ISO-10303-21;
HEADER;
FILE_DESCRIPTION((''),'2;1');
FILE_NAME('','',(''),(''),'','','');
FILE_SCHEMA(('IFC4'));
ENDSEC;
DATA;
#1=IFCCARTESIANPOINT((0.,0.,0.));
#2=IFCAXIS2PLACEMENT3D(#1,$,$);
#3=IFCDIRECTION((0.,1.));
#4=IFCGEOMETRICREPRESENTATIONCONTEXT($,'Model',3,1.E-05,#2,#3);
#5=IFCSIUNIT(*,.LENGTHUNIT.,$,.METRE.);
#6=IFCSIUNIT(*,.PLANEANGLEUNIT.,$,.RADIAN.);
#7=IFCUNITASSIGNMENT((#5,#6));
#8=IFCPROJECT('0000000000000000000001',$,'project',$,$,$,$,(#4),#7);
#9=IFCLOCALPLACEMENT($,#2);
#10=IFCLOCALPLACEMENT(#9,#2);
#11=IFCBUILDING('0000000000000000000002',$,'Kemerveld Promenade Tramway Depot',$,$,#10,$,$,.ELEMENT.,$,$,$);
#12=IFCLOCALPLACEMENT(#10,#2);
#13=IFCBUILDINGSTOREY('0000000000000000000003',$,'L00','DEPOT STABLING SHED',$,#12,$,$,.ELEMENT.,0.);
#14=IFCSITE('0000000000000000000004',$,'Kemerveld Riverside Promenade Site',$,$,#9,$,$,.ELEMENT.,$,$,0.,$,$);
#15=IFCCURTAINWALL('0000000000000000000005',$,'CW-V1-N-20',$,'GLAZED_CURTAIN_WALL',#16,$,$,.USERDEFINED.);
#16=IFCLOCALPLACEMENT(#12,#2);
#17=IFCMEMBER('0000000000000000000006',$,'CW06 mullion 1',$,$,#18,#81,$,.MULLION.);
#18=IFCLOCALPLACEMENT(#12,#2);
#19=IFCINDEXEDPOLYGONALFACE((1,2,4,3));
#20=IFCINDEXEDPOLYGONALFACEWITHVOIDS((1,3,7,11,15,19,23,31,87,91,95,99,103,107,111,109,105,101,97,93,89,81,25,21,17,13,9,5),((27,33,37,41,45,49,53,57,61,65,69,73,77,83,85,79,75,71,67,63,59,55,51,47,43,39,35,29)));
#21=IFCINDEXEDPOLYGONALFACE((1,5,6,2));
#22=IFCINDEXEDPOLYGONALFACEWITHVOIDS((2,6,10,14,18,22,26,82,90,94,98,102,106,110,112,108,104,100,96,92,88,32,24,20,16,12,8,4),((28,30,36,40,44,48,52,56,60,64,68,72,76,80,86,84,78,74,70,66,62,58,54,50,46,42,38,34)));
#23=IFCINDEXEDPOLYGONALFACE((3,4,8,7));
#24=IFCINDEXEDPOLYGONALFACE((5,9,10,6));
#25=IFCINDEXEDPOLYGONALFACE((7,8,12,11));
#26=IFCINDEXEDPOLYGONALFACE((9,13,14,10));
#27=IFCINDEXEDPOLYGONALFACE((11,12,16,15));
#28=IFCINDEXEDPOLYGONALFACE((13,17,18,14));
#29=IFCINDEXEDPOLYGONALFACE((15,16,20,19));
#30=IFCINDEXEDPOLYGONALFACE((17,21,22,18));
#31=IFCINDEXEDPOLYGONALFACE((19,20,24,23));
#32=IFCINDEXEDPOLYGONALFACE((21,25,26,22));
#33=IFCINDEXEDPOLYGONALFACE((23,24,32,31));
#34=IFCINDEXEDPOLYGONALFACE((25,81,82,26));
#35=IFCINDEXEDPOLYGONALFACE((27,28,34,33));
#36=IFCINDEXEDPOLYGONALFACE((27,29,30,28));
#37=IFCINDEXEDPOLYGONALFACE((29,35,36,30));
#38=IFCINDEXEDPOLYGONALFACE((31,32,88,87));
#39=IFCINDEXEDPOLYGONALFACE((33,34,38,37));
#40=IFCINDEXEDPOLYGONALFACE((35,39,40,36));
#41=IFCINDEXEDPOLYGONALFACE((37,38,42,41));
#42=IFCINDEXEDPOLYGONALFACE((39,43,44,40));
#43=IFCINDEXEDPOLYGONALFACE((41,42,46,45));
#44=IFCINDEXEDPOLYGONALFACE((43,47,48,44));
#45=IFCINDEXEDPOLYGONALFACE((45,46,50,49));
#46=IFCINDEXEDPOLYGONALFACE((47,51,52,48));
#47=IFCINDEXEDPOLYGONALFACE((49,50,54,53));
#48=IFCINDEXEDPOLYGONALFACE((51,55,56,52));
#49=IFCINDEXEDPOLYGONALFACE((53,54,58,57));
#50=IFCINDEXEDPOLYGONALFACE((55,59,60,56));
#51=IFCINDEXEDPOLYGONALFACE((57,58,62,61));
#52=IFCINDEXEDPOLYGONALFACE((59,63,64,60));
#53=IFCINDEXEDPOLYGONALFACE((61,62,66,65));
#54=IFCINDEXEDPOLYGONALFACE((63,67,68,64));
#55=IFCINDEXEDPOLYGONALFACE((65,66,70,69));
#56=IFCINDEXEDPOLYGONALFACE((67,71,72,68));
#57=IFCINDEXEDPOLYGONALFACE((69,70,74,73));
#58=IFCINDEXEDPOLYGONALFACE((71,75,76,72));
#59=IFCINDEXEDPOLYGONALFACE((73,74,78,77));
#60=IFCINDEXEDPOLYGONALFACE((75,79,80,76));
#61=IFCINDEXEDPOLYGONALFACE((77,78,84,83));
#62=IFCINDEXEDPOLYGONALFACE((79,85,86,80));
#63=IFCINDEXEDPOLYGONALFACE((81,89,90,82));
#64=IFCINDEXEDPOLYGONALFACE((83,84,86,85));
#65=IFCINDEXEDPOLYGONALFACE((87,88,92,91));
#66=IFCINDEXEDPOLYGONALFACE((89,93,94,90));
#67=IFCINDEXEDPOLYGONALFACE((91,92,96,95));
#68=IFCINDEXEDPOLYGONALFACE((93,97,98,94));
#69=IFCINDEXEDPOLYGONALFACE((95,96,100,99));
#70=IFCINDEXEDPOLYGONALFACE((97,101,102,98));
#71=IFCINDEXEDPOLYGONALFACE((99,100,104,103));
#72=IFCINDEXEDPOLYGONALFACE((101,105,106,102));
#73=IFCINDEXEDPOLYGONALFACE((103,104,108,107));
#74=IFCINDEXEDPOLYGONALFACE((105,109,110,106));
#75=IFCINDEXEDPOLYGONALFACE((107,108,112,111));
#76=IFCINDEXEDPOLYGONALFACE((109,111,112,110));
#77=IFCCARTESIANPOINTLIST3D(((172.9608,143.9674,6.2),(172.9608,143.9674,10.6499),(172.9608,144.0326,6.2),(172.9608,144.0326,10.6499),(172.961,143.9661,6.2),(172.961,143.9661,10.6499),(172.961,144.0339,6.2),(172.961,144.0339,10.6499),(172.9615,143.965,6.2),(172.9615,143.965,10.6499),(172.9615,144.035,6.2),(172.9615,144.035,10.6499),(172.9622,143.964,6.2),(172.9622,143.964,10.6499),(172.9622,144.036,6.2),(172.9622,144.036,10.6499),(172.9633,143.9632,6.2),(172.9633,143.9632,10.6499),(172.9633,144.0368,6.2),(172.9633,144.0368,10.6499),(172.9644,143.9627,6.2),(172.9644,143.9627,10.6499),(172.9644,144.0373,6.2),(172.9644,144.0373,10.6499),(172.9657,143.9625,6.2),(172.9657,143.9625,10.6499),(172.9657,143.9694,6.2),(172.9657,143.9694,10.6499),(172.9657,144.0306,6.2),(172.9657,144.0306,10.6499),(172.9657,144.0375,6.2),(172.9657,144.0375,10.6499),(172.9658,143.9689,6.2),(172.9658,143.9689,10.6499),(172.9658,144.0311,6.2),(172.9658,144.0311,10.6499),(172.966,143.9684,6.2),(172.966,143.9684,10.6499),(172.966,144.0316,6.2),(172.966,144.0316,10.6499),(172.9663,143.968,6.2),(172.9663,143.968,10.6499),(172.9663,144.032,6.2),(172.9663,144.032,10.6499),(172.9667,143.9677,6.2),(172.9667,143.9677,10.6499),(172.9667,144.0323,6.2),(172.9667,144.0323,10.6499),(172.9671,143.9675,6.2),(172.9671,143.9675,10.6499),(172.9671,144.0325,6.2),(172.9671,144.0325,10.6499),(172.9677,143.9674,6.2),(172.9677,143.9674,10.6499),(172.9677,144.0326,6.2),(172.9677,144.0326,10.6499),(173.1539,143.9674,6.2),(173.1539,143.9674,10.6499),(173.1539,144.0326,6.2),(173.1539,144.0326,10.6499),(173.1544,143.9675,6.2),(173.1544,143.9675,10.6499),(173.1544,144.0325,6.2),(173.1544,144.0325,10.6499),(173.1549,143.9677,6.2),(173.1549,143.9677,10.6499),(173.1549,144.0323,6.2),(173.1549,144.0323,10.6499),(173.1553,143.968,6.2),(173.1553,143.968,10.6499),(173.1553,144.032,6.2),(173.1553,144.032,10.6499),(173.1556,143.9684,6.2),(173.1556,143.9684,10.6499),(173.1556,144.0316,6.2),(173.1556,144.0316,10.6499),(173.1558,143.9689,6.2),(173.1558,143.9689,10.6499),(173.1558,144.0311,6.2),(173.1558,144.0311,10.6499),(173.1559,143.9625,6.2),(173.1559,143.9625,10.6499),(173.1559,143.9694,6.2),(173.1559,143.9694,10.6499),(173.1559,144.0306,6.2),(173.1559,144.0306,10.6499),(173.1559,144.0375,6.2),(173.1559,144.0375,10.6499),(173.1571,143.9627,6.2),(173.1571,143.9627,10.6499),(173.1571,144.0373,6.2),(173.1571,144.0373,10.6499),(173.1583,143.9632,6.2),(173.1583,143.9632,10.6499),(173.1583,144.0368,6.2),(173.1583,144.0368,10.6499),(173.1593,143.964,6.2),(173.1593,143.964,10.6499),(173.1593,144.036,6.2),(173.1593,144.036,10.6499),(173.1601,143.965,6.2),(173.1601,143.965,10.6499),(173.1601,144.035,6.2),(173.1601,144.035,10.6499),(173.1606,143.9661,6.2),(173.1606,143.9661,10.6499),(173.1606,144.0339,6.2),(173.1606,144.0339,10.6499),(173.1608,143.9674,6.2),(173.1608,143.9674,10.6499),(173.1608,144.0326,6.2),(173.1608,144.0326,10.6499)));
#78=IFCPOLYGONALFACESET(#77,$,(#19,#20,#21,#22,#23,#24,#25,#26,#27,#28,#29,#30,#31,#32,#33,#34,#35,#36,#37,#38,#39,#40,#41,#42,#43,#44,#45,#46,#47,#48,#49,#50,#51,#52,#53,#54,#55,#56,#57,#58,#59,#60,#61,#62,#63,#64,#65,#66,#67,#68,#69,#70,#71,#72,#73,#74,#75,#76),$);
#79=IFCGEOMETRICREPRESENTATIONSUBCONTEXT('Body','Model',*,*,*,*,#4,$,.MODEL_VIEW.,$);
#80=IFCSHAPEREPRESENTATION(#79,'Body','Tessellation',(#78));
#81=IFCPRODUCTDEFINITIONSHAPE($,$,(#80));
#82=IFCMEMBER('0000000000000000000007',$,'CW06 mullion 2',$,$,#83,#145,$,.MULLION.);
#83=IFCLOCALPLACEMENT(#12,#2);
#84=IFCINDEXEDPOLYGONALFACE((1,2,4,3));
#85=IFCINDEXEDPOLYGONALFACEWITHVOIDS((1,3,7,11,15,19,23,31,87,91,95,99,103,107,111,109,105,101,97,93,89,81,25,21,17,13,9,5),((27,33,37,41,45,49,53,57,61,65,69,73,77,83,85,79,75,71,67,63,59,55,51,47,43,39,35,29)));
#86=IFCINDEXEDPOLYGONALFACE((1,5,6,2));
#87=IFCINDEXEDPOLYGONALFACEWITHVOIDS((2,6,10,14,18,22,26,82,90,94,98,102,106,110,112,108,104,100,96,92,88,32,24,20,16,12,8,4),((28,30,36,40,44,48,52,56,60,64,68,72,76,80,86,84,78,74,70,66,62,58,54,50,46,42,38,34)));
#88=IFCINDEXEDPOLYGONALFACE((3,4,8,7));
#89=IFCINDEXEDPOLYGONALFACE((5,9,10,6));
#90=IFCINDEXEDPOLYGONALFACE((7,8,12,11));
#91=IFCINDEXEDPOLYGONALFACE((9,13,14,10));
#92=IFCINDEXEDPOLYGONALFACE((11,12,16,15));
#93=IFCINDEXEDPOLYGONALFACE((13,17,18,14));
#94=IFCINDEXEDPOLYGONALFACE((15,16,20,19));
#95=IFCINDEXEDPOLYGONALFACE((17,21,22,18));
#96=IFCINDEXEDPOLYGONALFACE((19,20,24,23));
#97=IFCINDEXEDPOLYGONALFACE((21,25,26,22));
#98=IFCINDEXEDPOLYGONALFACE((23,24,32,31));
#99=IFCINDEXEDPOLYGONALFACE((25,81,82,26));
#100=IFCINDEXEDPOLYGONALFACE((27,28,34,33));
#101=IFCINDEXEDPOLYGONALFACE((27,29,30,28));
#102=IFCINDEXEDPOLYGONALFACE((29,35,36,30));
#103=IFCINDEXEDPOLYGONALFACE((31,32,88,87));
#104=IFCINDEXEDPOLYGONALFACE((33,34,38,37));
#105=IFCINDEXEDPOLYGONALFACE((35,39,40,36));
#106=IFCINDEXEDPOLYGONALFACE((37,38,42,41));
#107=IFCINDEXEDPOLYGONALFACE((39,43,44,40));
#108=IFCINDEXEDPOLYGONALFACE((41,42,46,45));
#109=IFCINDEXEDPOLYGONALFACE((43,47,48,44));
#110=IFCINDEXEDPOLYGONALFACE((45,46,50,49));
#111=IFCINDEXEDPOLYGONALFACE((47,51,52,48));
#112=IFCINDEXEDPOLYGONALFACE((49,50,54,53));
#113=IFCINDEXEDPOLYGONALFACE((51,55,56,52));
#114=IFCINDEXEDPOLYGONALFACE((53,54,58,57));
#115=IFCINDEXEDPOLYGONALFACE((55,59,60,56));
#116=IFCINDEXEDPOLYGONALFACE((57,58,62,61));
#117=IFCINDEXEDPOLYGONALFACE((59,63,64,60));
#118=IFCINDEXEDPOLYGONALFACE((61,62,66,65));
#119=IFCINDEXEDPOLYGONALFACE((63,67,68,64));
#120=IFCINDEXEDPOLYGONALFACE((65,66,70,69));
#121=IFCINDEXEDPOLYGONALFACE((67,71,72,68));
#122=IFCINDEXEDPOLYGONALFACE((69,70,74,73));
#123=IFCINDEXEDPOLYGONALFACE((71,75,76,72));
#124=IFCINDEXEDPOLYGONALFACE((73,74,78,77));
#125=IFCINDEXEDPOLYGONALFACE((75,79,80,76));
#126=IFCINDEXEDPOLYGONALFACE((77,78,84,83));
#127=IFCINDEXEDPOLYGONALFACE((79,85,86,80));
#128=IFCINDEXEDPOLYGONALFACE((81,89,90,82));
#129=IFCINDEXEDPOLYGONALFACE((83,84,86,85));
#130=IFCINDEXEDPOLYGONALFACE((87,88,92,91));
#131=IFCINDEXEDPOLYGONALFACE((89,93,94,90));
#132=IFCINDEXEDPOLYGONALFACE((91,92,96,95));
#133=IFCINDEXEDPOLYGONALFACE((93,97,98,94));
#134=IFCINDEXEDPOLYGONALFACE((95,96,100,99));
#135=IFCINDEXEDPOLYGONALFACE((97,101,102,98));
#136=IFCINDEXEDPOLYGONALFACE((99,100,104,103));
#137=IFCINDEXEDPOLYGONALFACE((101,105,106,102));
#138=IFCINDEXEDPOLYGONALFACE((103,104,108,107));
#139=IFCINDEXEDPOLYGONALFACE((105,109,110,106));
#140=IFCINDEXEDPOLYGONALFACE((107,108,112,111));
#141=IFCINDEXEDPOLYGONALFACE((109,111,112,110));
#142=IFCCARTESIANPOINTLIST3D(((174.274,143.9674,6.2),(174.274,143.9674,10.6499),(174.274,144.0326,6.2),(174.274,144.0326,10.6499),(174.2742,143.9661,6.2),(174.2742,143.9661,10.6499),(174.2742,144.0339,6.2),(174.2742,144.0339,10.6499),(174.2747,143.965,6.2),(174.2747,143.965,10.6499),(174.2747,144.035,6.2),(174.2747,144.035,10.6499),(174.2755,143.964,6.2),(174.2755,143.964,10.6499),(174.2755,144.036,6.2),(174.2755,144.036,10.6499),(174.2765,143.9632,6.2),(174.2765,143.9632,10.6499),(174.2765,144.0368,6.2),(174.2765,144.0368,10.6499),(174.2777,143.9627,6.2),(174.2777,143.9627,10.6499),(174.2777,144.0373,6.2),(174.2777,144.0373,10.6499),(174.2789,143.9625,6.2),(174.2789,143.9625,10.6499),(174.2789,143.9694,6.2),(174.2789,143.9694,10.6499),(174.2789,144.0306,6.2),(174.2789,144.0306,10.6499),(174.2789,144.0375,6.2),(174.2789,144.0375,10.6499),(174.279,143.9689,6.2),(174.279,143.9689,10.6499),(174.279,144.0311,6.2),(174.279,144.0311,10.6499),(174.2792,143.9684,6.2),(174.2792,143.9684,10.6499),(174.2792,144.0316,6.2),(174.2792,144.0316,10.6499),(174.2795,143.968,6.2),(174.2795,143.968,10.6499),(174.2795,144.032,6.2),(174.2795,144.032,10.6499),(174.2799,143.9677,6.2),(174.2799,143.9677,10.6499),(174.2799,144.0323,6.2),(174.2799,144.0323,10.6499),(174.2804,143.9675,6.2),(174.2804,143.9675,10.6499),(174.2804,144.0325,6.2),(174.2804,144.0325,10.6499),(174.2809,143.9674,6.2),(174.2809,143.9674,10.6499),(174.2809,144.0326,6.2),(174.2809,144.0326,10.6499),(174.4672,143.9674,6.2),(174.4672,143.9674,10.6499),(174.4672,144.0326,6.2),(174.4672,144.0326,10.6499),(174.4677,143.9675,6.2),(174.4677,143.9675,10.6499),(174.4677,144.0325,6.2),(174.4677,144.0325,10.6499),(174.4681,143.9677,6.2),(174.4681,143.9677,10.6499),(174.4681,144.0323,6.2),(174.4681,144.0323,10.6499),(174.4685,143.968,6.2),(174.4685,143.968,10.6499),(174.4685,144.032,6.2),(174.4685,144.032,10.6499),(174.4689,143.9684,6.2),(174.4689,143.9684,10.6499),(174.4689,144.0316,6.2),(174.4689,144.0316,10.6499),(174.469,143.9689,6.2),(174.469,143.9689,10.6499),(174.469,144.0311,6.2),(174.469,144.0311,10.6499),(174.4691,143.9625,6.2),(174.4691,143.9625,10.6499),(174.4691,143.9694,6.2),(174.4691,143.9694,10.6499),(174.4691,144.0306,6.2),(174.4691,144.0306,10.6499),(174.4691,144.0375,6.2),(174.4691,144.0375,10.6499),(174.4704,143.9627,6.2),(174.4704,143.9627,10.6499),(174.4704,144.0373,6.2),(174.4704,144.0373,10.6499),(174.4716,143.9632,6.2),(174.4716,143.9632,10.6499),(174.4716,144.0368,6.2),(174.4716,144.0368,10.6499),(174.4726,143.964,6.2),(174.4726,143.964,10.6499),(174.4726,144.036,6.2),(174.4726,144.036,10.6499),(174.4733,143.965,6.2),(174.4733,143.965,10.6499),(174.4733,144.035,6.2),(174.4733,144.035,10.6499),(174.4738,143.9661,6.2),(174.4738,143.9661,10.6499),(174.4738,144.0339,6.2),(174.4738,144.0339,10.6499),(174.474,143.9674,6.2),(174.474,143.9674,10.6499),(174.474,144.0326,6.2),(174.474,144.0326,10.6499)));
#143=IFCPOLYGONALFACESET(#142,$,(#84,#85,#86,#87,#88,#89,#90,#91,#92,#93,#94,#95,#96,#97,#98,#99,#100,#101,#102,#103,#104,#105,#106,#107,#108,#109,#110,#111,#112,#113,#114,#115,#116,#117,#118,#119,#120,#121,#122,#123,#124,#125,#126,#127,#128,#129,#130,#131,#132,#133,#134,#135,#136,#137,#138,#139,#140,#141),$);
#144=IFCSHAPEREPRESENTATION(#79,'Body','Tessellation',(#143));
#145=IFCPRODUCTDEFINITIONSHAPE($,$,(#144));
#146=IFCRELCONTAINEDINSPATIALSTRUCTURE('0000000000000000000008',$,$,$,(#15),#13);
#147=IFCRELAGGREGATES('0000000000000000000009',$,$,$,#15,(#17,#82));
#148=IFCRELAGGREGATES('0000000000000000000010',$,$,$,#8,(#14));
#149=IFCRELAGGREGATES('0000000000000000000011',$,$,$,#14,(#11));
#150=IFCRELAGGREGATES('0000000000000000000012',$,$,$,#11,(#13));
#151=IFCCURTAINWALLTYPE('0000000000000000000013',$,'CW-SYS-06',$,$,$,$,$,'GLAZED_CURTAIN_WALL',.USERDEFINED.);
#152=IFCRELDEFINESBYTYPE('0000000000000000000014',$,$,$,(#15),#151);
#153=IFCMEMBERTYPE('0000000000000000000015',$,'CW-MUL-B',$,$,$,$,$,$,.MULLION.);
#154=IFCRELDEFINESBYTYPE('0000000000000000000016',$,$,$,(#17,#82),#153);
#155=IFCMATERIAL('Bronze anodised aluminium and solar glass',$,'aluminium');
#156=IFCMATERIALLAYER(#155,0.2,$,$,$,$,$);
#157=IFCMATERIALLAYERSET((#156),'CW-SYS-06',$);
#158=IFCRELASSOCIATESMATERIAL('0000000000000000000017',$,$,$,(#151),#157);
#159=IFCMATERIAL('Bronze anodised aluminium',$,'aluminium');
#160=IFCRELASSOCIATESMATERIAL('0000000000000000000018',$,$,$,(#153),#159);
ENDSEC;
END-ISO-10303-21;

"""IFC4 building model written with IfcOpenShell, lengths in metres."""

from ifc_helpers import new_model, si_unit, direction, frame, origin, origin_2d, place, context, subcontext, project, spatial, hollow_rectangle, extrude, material, layer, layer_set, material_profile, profile_set, type_object, element, aggregate, save


model = new_model("IFC4")

# Units and contexts
model_context = context("Model", 3, precision=1e-05, world=origin(), true_north=direction((0.0, 1.0)))
body_context = subcontext(model_context, "Body", "Model", "MODEL_VIEW")
ifc_project = project(units=[si_unit("LENGTHUNIT", "METRE"), si_unit("PLANEANGLEUNIT", "RADIAN")], contexts=[model_context])

# Site, building, storey
site_placement = place(None, origin())
site = spatial("IfcSite", under=ifc_project, at=site_placement, Name="Kemerveld Riverside Promenade Site", CompositionType="ELEMENT", RefElevation=0.0)
building_placement = place(site_placement, origin())
building = spatial("IfcBuilding", under=site, at=building_placement, Name="Kemerveld Promenade Tramway Depot", CompositionType="ELEMENT")
storey_placement = place(building_placement, origin())
storey = spatial("IfcBuildingStorey", under=building, at=storey_placement, Name="L00", Description="DEPOT STABLING SHED", CompositionType="ELEMENT", Elevation=0.0)

# Curtain wall, members
ifc_material_1 = material(Name="Bronze anodised aluminium and solar glass", Category="aluminium")
ifc_material_2 = material(Name="Bronze anodised aluminium", Category="aluminium")
ifc_layer_1 = layer(ifc_material_1, 0.2)
ifc_layer_set_1 = layer_set([ifc_layer_1], Name="CW-SYS-06")
curtain_wall_type_1 = type_object("IfcCurtainWallType", Name="CW-SYS-06", ElementType="GLAZED_CURTAIN_WALL", PredefinedType="USERDEFINED", material=ifc_layer_set_1)
curtain_wall_1_placement = place(storey_placement, origin())
curtain_wall_1 = element("IfcCurtainWall", 1, at=curtain_wall_1_placement, inside=storey, type_object=curtain_wall_type_1, Name="CW-V1-N-20", ObjectType="GLAZED_CURTAIN_WALL", PredefinedType="USERDEFINED")
ifc_material_profile_1 = material_profile(ifc_material_2, hollow_rectangle(XDim=0.075, YDim=0.2, WallThickness=0.0049, InnerFilletRadius=0.002, OuterFilletRadius=0.0049, at=origin_2d()), Name="CW-MUL-200x75")
ifc_profile_set_1 = profile_set([ifc_material_profile_1], Name="Bronze anodised aluminium")
member_type_1 = type_object("IfcMemberType", Name="CW-MUL-B", PredefinedType="MULLION", material=ifc_profile_set_1)
member_1_placement = place(storey_placement, frame((173.0608, 144.0, 6.2), z_axis=(0.0, 0.0, 1.0), x_axis=(0.0, 1.0, 0.0)))
member_1 = element("IfcMember", 2, at=member_1_placement, type_object=member_type_1, Name="CW06 mullion 1", PredefinedType="MULLION", context=body_context, shape_type="SweptSolid", body=[
    extrude(hollow_rectangle(XDim=0.075, YDim=0.2, WallThickness=0.0049, InnerFilletRadius=0.002, OuterFilletRadius=0.0049, at=origin_2d()), origin(), (0.0, 0.0, 1.0), 4.45),
])
member_2_placement = place(storey_placement, frame((174.374, 144.0, 6.2), z_axis=(0.0, 0.0, 1.0), x_axis=(0.0, 1.0, 0.0)))
member_2 = element("IfcMember", 3, at=member_2_placement, type_object=member_type_1, Name="CW06 mullion 2", PredefinedType="MULLION", context=body_context, shape_type="SweptSolid", body=[
    extrude(hollow_rectangle(XDim=0.075, YDim=0.2, WallThickness=0.0049, InnerFilletRadius=0.002, OuterFilletRadius=0.0049, at=origin_2d()), origin(), (0.0, 0.0, 1.0), 4.45),
])

aggregate(curtain_wall_1, [member_1, member_2])

save(model, "model.ifc")
